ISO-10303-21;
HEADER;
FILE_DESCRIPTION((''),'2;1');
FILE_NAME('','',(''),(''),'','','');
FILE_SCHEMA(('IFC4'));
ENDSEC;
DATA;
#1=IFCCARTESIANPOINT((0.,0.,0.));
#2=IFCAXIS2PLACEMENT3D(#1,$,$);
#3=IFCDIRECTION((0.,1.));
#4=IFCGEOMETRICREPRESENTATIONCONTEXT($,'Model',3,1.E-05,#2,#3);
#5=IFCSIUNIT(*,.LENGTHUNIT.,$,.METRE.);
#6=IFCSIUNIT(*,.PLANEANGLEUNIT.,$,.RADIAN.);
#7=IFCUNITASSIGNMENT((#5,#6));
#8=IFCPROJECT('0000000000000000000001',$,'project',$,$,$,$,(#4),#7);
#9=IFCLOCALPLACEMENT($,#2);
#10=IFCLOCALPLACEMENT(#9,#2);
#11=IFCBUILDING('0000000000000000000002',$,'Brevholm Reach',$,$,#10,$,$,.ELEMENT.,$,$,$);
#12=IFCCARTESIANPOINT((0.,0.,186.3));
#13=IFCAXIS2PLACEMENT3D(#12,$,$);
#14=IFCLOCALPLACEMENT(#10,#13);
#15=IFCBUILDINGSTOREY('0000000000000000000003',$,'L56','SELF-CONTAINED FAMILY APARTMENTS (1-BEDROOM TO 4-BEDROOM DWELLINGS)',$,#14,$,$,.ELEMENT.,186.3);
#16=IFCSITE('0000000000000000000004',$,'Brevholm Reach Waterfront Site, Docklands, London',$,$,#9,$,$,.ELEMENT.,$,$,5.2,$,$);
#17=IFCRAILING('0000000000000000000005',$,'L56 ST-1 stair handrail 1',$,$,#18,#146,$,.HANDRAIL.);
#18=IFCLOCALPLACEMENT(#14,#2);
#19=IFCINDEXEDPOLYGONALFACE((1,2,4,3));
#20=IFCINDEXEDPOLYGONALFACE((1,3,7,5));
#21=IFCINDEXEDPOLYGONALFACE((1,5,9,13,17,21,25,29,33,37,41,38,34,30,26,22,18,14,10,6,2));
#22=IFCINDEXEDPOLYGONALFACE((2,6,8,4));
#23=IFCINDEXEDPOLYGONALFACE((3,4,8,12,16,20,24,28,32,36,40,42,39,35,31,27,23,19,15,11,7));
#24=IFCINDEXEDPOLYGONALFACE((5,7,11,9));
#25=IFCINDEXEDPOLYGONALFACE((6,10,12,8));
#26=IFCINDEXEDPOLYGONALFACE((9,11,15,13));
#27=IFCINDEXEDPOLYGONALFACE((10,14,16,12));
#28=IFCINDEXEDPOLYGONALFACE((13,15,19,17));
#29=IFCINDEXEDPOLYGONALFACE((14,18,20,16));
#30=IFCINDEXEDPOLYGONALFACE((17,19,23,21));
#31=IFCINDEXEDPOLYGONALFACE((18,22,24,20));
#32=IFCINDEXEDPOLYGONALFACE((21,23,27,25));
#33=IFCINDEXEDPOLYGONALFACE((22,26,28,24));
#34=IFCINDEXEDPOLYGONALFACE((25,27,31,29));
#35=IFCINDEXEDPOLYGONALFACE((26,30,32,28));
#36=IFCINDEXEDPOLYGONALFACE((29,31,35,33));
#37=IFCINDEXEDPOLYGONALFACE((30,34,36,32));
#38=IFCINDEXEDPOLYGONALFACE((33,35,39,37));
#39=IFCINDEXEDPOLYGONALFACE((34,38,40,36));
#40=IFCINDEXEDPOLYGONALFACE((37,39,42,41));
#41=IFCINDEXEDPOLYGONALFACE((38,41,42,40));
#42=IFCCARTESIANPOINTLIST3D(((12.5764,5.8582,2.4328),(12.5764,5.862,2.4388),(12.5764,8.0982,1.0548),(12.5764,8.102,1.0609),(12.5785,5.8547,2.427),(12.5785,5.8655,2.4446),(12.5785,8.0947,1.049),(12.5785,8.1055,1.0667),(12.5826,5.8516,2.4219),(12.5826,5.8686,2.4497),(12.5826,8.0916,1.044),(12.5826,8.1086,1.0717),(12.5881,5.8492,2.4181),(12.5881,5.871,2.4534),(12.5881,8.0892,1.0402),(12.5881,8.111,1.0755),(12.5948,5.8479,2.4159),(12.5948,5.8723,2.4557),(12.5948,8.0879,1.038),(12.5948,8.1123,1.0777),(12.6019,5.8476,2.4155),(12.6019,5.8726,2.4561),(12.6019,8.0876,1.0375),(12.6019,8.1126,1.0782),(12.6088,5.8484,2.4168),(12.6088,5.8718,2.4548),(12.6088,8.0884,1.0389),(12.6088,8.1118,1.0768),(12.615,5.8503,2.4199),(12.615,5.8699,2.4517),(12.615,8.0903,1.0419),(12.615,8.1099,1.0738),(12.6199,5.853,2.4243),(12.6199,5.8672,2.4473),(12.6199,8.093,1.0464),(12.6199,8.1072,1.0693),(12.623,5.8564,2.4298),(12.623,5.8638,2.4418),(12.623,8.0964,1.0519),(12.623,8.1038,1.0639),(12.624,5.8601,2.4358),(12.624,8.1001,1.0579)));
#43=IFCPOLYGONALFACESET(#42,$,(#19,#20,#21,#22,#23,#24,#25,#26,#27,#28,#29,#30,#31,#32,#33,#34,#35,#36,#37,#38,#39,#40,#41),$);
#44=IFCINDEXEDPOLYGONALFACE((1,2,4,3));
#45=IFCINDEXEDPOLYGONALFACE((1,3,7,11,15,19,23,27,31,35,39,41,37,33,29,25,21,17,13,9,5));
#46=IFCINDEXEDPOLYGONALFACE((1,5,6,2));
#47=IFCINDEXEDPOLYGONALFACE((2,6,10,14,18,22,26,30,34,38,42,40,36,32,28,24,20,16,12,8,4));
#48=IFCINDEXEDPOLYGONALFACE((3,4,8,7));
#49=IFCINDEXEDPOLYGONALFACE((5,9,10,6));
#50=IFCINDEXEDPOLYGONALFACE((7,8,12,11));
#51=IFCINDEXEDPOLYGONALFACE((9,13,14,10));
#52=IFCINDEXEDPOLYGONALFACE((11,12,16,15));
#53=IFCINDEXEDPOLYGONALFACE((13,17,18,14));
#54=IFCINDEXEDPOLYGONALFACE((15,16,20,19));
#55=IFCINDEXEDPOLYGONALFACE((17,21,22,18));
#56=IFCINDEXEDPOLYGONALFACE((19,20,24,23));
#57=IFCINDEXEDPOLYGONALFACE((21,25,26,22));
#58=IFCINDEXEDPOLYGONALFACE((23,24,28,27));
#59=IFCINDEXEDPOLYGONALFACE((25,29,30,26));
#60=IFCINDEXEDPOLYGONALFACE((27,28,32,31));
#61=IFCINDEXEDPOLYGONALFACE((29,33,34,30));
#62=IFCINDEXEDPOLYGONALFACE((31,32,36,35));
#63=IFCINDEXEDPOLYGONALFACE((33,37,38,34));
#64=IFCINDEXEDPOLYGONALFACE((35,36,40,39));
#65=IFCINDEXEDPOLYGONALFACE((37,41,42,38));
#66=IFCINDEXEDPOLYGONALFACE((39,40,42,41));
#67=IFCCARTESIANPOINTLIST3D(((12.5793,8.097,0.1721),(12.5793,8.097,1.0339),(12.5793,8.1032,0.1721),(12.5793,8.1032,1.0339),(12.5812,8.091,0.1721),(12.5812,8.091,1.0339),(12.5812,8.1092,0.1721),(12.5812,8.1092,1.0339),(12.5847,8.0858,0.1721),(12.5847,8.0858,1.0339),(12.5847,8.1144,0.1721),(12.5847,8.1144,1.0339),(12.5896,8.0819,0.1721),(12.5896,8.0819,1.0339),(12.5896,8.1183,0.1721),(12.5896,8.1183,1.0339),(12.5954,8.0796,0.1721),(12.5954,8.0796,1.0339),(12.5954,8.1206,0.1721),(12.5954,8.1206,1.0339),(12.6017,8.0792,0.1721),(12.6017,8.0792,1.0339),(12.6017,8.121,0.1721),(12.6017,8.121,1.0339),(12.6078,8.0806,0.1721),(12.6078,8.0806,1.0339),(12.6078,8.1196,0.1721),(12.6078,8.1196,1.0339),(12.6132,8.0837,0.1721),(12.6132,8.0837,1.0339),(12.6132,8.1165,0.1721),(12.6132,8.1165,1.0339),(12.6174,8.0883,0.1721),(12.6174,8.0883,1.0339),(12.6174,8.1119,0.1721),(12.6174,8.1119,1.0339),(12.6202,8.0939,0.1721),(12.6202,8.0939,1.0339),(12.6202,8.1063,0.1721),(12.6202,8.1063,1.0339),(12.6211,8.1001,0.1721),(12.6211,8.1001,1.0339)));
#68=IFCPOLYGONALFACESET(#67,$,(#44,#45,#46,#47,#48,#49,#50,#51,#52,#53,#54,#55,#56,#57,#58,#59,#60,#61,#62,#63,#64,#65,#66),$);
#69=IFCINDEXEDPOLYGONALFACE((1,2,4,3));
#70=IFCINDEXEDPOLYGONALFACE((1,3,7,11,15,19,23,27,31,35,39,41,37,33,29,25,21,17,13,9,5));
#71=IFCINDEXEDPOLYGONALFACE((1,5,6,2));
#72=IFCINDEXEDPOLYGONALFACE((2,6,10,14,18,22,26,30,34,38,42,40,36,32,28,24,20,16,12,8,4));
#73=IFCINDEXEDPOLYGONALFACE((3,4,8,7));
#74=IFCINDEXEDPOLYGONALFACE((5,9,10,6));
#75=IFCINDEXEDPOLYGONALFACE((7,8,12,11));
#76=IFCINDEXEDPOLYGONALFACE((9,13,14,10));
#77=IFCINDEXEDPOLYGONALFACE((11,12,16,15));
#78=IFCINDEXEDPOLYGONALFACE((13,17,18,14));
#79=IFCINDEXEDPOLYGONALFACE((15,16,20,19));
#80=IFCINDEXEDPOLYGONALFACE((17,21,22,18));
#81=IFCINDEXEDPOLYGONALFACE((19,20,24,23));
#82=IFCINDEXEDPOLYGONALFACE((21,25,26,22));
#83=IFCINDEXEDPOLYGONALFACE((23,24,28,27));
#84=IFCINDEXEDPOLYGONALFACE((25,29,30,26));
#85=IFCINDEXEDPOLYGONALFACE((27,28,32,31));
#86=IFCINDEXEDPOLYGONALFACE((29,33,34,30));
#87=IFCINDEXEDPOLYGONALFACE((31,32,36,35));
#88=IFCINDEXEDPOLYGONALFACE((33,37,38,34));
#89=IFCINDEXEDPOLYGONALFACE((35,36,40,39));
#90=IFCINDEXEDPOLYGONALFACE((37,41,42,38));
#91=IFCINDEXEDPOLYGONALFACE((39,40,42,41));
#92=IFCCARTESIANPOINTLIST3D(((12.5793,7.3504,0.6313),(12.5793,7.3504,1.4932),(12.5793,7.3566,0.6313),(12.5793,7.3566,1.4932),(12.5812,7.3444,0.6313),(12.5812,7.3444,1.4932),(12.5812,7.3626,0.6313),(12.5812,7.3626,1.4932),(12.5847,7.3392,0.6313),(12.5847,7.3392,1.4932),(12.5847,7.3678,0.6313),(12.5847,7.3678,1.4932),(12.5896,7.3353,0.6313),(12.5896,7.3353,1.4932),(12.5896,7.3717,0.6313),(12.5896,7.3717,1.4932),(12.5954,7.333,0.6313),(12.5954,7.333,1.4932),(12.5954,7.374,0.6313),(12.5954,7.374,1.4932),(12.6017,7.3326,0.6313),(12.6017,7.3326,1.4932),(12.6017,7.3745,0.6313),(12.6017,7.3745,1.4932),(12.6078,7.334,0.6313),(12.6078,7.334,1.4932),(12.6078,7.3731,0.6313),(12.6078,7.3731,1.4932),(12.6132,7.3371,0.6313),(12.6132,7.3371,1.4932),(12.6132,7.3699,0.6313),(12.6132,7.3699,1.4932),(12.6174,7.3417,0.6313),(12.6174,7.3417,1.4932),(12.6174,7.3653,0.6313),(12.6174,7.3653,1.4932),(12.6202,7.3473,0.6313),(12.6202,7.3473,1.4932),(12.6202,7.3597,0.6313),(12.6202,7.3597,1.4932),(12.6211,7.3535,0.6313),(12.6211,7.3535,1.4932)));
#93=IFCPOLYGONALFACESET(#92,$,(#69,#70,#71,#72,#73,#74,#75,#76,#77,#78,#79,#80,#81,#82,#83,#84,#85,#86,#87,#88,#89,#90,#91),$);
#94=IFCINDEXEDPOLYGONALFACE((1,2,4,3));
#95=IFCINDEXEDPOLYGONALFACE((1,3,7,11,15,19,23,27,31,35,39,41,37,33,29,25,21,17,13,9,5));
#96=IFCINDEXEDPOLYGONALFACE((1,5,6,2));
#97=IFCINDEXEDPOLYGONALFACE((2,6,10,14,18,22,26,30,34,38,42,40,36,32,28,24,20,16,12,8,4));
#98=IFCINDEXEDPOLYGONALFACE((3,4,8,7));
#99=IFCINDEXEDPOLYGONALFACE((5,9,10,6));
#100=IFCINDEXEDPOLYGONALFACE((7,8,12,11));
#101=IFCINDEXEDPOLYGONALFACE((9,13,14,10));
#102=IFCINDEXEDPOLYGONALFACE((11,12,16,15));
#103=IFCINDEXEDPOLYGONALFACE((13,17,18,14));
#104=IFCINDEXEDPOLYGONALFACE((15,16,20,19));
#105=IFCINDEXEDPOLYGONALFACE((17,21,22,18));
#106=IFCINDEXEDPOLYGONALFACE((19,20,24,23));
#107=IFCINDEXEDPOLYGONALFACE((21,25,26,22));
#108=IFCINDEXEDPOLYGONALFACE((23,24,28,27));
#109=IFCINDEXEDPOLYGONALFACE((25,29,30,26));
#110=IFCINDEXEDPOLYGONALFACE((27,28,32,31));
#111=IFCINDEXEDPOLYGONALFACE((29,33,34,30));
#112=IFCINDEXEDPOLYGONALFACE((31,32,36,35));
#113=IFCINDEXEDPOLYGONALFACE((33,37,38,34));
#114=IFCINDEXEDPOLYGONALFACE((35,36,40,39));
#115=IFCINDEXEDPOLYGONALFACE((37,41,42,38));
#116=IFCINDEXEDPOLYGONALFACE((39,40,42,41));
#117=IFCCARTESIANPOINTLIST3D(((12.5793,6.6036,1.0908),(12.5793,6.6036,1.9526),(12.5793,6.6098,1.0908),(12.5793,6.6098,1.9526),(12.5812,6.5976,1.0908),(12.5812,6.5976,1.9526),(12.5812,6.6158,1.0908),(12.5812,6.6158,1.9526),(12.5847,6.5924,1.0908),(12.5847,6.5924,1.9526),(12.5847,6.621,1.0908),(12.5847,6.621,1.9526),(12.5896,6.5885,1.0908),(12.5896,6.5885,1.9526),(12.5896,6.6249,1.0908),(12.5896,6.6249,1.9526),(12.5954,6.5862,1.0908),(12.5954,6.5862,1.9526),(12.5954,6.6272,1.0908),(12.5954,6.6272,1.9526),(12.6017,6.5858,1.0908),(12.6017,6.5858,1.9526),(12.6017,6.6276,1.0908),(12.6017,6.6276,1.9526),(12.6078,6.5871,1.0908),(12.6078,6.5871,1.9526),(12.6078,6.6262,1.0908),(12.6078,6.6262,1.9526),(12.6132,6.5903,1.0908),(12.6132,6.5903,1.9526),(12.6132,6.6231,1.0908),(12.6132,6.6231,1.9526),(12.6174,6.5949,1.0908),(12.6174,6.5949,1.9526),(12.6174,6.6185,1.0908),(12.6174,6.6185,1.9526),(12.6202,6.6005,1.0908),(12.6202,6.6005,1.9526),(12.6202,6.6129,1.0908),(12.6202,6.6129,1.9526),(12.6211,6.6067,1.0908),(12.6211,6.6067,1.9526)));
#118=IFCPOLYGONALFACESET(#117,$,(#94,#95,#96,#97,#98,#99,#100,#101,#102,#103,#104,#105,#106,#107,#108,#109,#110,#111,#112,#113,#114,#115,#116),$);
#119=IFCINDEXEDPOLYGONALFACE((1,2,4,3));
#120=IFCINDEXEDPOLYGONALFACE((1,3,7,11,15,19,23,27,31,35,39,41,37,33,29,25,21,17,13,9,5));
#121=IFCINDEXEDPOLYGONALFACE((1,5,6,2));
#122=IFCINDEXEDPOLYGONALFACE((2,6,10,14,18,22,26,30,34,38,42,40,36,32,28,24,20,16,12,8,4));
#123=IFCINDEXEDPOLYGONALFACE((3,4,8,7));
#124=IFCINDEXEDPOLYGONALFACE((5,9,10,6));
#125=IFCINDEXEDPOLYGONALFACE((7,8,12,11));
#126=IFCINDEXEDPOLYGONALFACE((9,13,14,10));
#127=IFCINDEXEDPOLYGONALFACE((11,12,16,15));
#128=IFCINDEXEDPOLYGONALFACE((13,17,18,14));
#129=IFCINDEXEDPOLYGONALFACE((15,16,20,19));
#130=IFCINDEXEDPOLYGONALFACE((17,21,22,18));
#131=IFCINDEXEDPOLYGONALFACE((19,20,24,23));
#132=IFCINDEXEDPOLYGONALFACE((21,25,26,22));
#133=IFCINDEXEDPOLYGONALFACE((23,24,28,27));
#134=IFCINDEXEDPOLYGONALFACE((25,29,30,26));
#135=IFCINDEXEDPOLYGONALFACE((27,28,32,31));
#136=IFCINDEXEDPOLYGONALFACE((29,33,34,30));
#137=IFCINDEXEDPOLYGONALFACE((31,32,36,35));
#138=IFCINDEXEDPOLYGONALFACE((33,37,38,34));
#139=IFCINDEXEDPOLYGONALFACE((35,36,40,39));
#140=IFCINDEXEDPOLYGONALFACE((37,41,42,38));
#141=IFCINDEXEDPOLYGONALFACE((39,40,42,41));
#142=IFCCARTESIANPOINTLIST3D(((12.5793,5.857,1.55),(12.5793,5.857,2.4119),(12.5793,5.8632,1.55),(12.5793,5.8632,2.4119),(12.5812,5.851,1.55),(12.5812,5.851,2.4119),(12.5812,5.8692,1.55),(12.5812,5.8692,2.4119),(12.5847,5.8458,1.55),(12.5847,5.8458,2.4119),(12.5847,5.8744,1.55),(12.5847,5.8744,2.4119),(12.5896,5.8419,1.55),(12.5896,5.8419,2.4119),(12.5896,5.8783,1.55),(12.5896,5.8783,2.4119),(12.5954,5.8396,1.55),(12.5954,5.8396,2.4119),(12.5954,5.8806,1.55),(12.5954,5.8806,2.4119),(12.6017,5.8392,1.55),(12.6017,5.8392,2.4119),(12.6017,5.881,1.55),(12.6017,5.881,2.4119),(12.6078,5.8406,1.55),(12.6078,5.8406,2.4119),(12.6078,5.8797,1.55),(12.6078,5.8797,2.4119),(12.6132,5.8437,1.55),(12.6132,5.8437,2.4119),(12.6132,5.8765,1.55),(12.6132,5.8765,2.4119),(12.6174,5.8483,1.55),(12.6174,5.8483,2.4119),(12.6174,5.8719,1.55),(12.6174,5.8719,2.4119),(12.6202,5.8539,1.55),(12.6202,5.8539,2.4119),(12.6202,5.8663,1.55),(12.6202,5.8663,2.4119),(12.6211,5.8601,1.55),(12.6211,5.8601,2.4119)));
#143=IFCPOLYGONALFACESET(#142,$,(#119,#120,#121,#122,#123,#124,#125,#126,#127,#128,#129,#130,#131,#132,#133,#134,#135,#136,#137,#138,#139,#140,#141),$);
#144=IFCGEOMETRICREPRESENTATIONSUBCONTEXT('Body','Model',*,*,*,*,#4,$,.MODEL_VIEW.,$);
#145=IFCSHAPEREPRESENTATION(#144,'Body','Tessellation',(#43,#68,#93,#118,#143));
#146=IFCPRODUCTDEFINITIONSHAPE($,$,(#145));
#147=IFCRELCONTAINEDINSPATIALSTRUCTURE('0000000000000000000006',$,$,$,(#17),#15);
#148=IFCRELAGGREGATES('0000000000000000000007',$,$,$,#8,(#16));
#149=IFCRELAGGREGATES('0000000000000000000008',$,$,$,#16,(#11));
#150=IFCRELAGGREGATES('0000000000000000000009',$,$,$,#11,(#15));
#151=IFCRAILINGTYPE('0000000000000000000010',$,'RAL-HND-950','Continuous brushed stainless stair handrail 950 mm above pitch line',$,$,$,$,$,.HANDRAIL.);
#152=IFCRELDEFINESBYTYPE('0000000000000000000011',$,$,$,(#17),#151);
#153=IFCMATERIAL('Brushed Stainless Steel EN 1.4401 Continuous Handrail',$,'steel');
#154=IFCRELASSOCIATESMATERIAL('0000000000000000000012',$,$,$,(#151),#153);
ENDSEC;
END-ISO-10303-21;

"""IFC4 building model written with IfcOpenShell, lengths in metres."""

from ifc_helpers import new_model, si_unit, direction, frame, origin, origin_2d, place, context, subcontext, project, spatial, circle, extrude, material, type_object, element, save


model = new_model("IFC4")

# Units and contexts
model_context = context("Model", 3, precision=1e-05, world=origin(), true_north=direction((0.0, 1.0)))
body_context = subcontext(model_context, "Body", "Model", "MODEL_VIEW")
ifc_project = project(units=[si_unit("LENGTHUNIT", "METRE"), si_unit("PLANEANGLEUNIT", "RADIAN")], contexts=[model_context])

# Site, building, storey
site_placement = place(None, origin())
site = spatial("IfcSite", under=ifc_project, at=site_placement, Name="Brevholm Reach Waterfront Site, Docklands, London", CompositionType="ELEMENT", RefElevation=5.2)
building_placement = place(site_placement, origin())
building = spatial("IfcBuilding", under=site, at=building_placement, Name="Brevholm Reach", CompositionType="ELEMENT")
storey_placement = place(building_placement, frame((0.0, 0.0, 186.3)))
storey = spatial("IfcBuildingStorey", under=building, at=storey_placement, Name="L56", Description="SELF-CONTAINED FAMILY APARTMENTS (1-BEDROOM TO 4-BEDROOM DWELLINGS)", CompositionType="ELEMENT", Elevation=186.3)

# Railing
ifc_material_1 = material(Name="Brushed Stainless Steel EN 1.4401 Continuous Handrail", Category="steel")
railing_type_1 = type_object("IfcRailingType", Name="RAL-HND-950", Description="Continuous brushed stainless stair handrail 950 mm above pitch line", PredefinedType="HANDRAIL", material=ifc_material_1)
railing_1_placement = place(storey_placement, frame((12.6001, 8.1001, 0.1721)))
element("IfcRailing", 1, at=railing_1_placement, inside=storey, type_object=railing_type_1, Name="L56 ST-1 stair handrail 1", PredefinedType="HANDRAIL", context=body_context, shape_type="SweptSolid", body=[
    extrude(circle(Radius=0.0239, at=origin_2d()), frame((0.0, 0.0, 0.8857), z_axis=(0.0, -0.851748, 0.523952), x_axis=(1.0, 0.0, 0.0)), (0.0, 0.0, 1.0), 2.6299),
    extrude(circle(Radius=0.021, at=origin_2d()), origin(), (0.0, 0.0, 1.0), 0.8618),
    extrude(circle(Radius=0.021, at=origin_2d()), frame((0.0, -0.7466, 0.4592)), (0.0, 0.0, 1.0), 0.8618),
    extrude(circle(Radius=0.021, at=origin_2d()), frame((0.0, -1.4934, 0.9187)), (0.0, 0.0, 1.0), 0.8618),
    extrude(circle(Radius=0.021, at=origin_2d()), frame((0.0, -2.24, 1.3779)), (0.0, 0.0, 1.0), 0.8618),
])

save(model, "model.ifc")
